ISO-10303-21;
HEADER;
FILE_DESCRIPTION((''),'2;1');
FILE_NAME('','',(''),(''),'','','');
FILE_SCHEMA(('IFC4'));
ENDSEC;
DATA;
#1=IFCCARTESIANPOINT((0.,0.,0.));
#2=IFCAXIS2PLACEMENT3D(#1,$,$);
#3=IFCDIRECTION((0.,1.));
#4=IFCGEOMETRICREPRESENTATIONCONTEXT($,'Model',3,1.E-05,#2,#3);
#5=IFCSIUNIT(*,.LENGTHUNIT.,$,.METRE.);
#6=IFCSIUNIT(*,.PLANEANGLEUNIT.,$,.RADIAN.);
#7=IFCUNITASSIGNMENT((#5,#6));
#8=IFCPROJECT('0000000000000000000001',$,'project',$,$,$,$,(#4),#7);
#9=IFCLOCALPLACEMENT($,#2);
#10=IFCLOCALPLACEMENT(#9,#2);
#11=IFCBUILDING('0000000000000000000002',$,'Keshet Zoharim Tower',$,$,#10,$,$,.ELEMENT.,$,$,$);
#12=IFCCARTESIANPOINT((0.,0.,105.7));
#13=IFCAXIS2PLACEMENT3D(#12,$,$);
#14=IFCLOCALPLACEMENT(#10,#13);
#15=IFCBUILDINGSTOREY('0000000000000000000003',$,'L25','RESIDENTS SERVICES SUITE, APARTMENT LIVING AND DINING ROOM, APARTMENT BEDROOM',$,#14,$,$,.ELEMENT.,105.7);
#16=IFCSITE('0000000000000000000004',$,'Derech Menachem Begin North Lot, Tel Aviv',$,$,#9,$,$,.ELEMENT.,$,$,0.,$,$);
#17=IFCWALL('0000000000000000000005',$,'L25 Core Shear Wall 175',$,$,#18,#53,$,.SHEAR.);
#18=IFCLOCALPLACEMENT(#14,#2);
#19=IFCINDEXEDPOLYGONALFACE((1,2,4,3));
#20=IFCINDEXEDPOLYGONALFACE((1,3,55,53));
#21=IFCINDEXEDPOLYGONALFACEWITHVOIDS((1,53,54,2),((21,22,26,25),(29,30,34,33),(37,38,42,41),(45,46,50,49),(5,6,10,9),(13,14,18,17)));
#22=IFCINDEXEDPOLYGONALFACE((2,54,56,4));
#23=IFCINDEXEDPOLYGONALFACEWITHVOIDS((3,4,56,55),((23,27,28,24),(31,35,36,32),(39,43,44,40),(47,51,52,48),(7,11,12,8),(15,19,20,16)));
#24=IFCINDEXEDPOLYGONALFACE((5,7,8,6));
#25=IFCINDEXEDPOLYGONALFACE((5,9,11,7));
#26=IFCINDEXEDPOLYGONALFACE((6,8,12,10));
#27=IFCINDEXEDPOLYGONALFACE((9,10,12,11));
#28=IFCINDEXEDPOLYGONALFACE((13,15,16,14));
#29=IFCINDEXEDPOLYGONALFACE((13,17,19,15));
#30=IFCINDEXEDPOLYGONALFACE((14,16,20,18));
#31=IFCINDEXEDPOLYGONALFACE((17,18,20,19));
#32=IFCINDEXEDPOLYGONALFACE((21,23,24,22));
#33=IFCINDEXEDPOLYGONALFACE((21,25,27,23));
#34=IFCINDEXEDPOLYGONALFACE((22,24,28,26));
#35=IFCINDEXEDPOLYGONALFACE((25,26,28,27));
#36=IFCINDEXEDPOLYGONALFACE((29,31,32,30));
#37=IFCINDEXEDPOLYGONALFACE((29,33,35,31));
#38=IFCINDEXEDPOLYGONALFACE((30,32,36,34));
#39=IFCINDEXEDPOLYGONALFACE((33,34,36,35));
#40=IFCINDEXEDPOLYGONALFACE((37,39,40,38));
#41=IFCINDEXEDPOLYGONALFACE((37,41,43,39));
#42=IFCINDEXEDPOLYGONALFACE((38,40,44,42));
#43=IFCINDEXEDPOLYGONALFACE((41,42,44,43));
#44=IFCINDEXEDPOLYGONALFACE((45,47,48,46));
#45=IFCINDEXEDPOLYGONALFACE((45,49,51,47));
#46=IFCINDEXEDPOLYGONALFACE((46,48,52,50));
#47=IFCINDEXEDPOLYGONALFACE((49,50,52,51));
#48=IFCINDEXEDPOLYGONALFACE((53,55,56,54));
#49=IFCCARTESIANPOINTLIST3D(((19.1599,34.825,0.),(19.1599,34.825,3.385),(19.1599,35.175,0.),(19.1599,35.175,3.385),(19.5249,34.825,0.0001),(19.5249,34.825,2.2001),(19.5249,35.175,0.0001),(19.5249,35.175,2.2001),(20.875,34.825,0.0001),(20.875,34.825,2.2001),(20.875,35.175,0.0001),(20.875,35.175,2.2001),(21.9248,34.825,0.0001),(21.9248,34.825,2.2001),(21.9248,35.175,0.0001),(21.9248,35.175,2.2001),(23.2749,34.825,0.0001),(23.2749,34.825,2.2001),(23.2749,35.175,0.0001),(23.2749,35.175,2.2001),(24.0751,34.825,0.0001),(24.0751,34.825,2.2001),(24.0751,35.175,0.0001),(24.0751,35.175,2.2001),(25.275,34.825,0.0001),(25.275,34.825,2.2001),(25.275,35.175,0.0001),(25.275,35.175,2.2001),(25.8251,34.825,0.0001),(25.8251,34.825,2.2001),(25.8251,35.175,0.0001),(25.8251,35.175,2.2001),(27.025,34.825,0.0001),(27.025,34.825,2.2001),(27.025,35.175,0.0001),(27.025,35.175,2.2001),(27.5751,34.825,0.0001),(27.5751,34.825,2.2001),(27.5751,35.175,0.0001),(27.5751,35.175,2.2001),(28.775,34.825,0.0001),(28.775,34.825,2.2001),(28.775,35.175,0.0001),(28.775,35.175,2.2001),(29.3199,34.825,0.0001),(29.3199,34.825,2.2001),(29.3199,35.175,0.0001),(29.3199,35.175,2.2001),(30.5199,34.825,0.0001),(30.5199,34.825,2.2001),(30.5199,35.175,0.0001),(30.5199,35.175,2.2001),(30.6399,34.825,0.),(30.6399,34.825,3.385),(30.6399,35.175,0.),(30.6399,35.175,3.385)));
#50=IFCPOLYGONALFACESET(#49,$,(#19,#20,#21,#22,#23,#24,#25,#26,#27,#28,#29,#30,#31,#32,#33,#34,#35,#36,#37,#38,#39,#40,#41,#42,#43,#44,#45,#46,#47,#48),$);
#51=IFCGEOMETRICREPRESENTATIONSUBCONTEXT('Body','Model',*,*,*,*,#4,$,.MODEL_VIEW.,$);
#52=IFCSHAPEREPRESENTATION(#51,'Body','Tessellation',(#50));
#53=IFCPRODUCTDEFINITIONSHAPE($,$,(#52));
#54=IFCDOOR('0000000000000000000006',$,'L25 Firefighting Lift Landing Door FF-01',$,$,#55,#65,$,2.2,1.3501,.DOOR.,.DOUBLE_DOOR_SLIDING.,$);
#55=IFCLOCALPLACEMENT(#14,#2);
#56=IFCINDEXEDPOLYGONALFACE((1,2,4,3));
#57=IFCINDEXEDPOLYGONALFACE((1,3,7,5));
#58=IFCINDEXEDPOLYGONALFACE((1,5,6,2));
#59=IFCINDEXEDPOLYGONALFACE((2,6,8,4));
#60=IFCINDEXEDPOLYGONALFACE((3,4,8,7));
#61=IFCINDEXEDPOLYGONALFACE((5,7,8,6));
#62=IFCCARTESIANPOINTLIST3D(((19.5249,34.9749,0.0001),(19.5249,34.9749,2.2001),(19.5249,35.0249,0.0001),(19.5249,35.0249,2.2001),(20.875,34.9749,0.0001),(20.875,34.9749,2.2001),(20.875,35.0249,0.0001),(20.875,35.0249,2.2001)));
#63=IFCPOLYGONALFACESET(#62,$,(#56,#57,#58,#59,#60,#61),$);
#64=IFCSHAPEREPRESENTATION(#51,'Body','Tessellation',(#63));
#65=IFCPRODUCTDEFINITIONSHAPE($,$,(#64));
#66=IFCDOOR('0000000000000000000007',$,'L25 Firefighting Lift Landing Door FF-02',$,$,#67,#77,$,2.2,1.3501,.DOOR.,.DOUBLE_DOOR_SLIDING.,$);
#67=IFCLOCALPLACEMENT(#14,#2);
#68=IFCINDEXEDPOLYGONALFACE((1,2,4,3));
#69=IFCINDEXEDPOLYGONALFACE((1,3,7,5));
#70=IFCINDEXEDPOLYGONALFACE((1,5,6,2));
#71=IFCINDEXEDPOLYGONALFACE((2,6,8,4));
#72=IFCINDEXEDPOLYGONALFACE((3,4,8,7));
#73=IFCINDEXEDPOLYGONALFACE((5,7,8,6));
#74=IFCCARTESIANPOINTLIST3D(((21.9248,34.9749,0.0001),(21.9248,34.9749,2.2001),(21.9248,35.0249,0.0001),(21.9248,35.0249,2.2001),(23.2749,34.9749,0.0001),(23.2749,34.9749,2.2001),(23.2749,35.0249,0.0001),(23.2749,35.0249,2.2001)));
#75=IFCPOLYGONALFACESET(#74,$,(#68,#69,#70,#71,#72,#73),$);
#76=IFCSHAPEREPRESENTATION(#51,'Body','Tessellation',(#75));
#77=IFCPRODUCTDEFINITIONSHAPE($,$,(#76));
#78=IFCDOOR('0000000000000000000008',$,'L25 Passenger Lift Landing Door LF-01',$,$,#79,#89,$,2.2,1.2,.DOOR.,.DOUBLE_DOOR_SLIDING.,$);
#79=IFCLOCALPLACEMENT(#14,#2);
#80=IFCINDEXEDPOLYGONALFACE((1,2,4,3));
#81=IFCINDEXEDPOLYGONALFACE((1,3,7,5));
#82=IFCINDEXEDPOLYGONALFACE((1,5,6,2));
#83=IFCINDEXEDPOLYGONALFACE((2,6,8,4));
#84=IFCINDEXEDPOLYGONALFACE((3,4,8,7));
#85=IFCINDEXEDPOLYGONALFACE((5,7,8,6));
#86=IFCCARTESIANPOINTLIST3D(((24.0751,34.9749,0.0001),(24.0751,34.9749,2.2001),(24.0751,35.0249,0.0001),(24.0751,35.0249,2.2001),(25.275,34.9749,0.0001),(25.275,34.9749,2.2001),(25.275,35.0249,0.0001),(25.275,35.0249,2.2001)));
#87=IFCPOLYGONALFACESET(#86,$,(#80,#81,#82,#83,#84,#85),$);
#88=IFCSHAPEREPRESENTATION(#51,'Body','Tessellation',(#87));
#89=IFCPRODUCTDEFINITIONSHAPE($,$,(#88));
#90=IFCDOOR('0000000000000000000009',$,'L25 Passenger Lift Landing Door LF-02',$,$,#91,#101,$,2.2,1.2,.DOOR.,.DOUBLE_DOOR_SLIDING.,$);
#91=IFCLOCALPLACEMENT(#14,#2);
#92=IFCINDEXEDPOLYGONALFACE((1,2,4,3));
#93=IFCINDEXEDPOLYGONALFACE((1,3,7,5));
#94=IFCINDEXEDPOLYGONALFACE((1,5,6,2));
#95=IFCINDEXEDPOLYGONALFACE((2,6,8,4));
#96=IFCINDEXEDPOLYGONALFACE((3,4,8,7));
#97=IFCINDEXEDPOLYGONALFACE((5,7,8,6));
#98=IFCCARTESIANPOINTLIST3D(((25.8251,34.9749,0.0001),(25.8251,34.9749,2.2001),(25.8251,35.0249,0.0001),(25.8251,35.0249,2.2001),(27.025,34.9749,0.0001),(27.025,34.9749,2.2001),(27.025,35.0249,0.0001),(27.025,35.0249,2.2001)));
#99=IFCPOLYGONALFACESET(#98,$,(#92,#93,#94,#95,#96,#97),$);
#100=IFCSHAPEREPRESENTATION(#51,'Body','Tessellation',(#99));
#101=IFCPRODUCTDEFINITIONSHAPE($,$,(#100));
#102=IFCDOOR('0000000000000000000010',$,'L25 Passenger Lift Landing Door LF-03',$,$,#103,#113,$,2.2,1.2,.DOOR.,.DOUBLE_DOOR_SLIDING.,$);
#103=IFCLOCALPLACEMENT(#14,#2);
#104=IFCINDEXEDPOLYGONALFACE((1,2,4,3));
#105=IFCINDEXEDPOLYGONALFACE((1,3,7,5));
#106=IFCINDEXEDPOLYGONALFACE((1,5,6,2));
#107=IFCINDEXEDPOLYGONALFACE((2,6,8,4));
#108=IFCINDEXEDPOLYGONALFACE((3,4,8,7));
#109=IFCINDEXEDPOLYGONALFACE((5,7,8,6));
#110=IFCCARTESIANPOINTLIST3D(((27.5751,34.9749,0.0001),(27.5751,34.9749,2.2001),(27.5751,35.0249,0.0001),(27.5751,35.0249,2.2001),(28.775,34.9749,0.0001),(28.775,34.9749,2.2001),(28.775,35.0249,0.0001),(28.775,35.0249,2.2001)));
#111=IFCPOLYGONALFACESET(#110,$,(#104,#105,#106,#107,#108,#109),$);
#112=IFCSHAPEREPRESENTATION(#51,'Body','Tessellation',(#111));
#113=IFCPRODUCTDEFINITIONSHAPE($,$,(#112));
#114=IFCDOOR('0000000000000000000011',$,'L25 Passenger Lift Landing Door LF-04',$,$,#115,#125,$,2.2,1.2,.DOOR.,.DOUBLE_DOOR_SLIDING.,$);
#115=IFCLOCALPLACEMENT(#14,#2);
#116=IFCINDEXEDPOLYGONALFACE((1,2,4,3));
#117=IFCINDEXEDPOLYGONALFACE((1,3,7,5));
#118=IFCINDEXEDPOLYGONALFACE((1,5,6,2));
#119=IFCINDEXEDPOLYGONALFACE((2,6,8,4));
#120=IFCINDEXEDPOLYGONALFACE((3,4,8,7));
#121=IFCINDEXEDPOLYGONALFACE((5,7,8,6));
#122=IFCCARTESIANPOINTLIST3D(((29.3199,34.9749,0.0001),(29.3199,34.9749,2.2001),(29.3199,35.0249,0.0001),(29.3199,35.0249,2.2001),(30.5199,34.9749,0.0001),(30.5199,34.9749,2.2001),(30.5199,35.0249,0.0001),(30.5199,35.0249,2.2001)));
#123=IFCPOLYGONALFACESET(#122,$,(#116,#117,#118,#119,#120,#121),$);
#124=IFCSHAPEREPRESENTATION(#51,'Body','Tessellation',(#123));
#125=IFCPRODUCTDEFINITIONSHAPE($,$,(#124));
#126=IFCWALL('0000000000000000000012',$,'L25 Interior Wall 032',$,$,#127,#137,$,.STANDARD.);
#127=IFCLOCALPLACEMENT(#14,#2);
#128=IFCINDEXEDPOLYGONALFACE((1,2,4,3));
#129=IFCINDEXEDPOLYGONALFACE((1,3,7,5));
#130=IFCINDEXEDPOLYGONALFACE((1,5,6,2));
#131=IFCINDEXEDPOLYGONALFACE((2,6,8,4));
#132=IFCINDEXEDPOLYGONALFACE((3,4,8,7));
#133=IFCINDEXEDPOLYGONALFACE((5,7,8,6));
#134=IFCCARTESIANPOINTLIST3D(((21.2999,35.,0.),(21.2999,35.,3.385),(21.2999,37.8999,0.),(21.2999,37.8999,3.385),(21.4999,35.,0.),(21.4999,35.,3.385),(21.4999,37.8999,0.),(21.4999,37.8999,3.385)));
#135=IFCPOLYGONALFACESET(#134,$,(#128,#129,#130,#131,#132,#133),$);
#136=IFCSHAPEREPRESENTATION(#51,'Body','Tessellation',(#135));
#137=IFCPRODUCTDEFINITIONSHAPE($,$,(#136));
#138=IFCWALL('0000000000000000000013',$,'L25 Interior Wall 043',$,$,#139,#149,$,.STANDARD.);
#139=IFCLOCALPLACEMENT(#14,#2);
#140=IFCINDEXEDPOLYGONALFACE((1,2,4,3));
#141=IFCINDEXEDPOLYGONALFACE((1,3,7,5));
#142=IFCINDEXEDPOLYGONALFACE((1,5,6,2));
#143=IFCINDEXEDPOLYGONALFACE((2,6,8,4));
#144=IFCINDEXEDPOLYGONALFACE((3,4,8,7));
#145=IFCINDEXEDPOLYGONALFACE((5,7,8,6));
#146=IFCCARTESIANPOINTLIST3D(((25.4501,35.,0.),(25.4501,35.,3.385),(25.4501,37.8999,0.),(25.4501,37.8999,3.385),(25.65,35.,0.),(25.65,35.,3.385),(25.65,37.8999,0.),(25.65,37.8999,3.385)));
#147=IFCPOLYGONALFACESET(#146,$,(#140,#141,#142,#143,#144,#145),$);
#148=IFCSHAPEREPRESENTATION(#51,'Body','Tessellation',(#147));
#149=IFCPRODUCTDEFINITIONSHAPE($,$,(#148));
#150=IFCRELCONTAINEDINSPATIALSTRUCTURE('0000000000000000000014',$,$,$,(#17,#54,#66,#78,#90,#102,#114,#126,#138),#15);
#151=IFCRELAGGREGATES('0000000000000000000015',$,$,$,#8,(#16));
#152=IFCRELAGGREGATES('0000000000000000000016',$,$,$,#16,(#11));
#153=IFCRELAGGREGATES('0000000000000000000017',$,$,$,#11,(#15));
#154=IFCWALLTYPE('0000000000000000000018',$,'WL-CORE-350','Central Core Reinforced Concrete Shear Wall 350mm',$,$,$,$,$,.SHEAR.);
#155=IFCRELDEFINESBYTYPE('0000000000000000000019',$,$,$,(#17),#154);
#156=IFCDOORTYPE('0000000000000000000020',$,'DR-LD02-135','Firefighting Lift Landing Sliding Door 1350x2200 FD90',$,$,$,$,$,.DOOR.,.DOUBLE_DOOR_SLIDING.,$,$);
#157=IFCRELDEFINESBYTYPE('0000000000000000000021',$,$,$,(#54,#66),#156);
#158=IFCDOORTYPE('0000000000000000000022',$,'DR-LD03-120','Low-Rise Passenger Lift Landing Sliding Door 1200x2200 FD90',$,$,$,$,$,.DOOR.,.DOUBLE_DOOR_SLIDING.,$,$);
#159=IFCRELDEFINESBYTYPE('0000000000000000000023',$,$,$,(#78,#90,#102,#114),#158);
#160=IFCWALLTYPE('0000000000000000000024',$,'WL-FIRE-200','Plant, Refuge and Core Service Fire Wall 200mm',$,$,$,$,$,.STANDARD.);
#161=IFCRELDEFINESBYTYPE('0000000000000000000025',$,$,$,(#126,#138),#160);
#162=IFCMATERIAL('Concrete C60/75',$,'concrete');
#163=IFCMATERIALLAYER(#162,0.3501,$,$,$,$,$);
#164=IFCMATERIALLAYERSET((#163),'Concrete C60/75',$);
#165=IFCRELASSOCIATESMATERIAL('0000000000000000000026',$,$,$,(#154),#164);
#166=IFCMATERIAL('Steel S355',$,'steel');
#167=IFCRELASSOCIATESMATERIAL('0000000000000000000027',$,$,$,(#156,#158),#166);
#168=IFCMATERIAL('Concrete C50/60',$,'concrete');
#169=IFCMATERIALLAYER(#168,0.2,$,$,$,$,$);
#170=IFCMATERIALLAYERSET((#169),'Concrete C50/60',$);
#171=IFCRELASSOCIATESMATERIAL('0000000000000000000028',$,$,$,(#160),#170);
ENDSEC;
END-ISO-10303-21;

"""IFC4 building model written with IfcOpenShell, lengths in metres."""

from ifc_helpers import new_model, si_unit, direction, frame, frame_2d, origin, place, context, subcontext, project, spatial, rectangle, extrude, material, layer, layer_set, type_object, element, fill, save


model = new_model("IFC4")

# Units and contexts
model_context = context("Model", 3, precision=1e-05, world=origin(), true_north=direction((0.0, 1.0)))
body_context = subcontext(model_context, "Body", "Model", "MODEL_VIEW")
ifc_project = project(units=[si_unit("LENGTHUNIT", "METRE"), si_unit("PLANEANGLEUNIT", "RADIAN")], contexts=[model_context])

# Site, building, storey
site_placement = place(None, origin())
site = spatial("IfcSite", under=ifc_project, at=site_placement, Name="Derech Menachem Begin North Lot, Tel Aviv", CompositionType="ELEMENT", RefElevation=0.0)
building_placement = place(site_placement, origin())
building = spatial("IfcBuilding", under=site, at=building_placement, Name="Keshet Zoharim Tower", CompositionType="ELEMENT")
storey_placement = place(building_placement, frame((0.0, 0.0, 105.7)))
storey = spatial("IfcBuildingStorey", under=building, at=storey_placement, Name="L25", Description="RESIDENTS SERVICES SUITE, APARTMENT LIVING AND DINING ROOM, APARTMENT BEDROOM", CompositionType="ELEMENT", Elevation=105.7)

# Shared definitions
ifc_material_1 = material(Name="Concrete C60/75", Category="concrete")
ifc_layer_1 = layer(ifc_material_1, 0.3501)
ifc_layer_set_1 = layer_set([ifc_layer_1], Name="Concrete C60/75")
wall_type_1 = type_object("IfcWallType", Name="WL-CORE-350", Description="Central Core Reinforced Concrete Shear Wall 350mm", PredefinedType="SHEAR", material=ifc_layer_set_1)

# Wall, openings, doors
wall_1_placement = place(storey_placement, frame((19.1599, 35.0, 0.0), z_axis=(0.0, 0.0, 1.0), x_axis=(1.0, 0.0, 0.0)))
wall_1 = element("IfcWall", 1, at=wall_1_placement, inside=storey, type_object=wall_type_1, Name="L25 Core Shear Wall 175", PredefinedType="SHEAR", context=body_context, shape_type="SweptSolid", body=[
    extrude(rectangle(XDim=11.48, YDim=0.3501, at=frame_2d((5.74, 0.0))), origin(), (0.0, 0.0, 1.0), 3.385),
])
opening_1_placement = place(wall_1_placement, frame((0.365, 0.0, 0.0)))
opening_1 = element("IfcOpeningElement", 2, at=opening_1_placement, cuts=wall_1, PredefinedType="OPENING", context=body_context, shape_type="SweptSolid", body=[
    extrude(rectangle(XDim=1.3501, YDim=2.2, at=frame_2d((0.675, 1.1001))), frame((0.0, 0.1851, 0.0), z_axis=(0.0, -1.0, 0.0), x_axis=(1.0, 0.0, 0.0)), (0.0, 0.0, 1.0), 0.3701),
])
opening_2_placement = place(wall_1_placement, frame((2.7649, 0.0, 0.0)))
opening_2 = element("IfcOpeningElement", 3, at=opening_2_placement, cuts=wall_1, PredefinedType="OPENING", context=body_context, shape_type="SweptSolid", body=[
    extrude(rectangle(XDim=1.3501, YDim=2.2, at=frame_2d((0.675, 1.1001))), frame((0.0, 0.1851, 0.0), z_axis=(0.0, -1.0, 0.0), x_axis=(1.0, 0.0, 0.0)), (0.0, 0.0, 1.0), 0.3701),
])
opening_3_placement = place(wall_1_placement, frame((4.915, 0.0, 0.0)))
opening_3 = element("IfcOpeningElement", 4, at=opening_3_placement, cuts=wall_1, PredefinedType="OPENING", context=body_context, shape_type="SweptSolid", body=[
    extrude(rectangle(XDim=1.2, YDim=2.2, at=frame_2d((0.6001, 1.1001))), frame((0.0, 0.1851, 0.0), z_axis=(0.0, -1.0, 0.0), x_axis=(1.0, 0.0, 0.0)), (0.0, 0.0, 1.0), 0.3701),
])
opening_4_placement = place(wall_1_placement, frame((6.665, 0.0, 0.0)))
opening_4 = element("IfcOpeningElement", 5, at=opening_4_placement, cuts=wall_1, PredefinedType="OPENING", context=body_context, shape_type="SweptSolid", body=[
    extrude(rectangle(XDim=1.2, YDim=2.2, at=frame_2d((0.6001, 1.1001))), frame((0.0, 0.1851, 0.0), z_axis=(0.0, -1.0, 0.0), x_axis=(1.0, 0.0, 0.0)), (0.0, 0.0, 1.0), 0.3701),
])
opening_5_placement = place(wall_1_placement, frame((8.415, 0.0, 0.0)))
opening_5 = element("IfcOpeningElement", 6, at=opening_5_placement, cuts=wall_1, PredefinedType="OPENING", context=body_context, shape_type="SweptSolid", body=[
    extrude(rectangle(XDim=1.2, YDim=2.2, at=frame_2d((0.6001, 1.1001))), frame((0.0, 0.1851, 0.0), z_axis=(0.0, -1.0, 0.0), x_axis=(1.0, 0.0, 0.0)), (0.0, 0.0, 1.0), 0.3701),
])
opening_6_placement = place(wall_1_placement, frame((10.1599, 0.0, 0.0)))
opening_6 = element("IfcOpeningElement", 7, at=opening_6_placement, cuts=wall_1, PredefinedType="OPENING", context=body_context, shape_type="SweptSolid", body=[
    extrude(rectangle(XDim=1.2, YDim=2.2, at=frame_2d((0.6001, 1.1001))), frame((0.0, 0.1851, 0.0), z_axis=(0.0, -1.0, 0.0), x_axis=(1.0, 0.0, 0.0)), (0.0, 0.0, 1.0), 0.3701),
])
ifc_material_2 = material(Name="Steel S355", Category="steel")
door_type_1 = type_object("IfcDoorType", Name="DR-LD02-135", Description="Firefighting Lift Landing Sliding Door 1350x2200 FD90", OperationType="DOUBLE_DOOR_SLIDING", PredefinedType="DOOR", material=ifc_material_2)
door_1_placement = place(opening_1_placement, origin())
door_1 = element("IfcDoor", 8, at=door_1_placement, inside=storey, type_object=door_type_1, Name="L25 Firefighting Lift Landing Door FF-01", OperationType="DOUBLE_DOOR_SLIDING", OverallHeight=2.2, OverallWidth=1.3501, PredefinedType="DOOR", context=body_context, shape_type="SweptSolid", body=[
    extrude(rectangle(XDim=1.3501, YDim=2.2, at=frame_2d((0.675, 1.1001))), frame((0.0, 0.0249, 0.0), z_axis=(0.0, -1.0, 0.0), x_axis=(1.0, 0.0, 0.0)), (0.0, 0.0, 1.0), 0.05),
])
fill(opening_1, door_1)
door_2_placement = place(opening_2_placement, origin())
door_2 = element("IfcDoor", 9, at=door_2_placement, inside=storey, type_object=door_type_1, Name="L25 Firefighting Lift Landing Door FF-02", OperationType="DOUBLE_DOOR_SLIDING", OverallHeight=2.2, OverallWidth=1.3501, PredefinedType="DOOR", context=body_context, shape_type="SweptSolid", body=[
    extrude(rectangle(XDim=1.3501, YDim=2.2, at=frame_2d((0.675, 1.1001))), frame((0.0, 0.0249, 0.0), z_axis=(0.0, -1.0, 0.0), x_axis=(1.0, 0.0, 0.0)), (0.0, 0.0, 1.0), 0.05),
])
fill(opening_2, door_2)
door_type_2 = type_object("IfcDoorType", Name="DR-LD03-120", Description="Low-Rise Passenger Lift Landing Sliding Door 1200x2200 FD90", OperationType="DOUBLE_DOOR_SLIDING", PredefinedType="DOOR", material=ifc_material_2)
door_3_placement = place(opening_3_placement, origin())
door_3 = element("IfcDoor", 10, at=door_3_placement, inside=storey, type_object=door_type_2, Name="L25 Passenger Lift Landing Door LF-01", OperationType="DOUBLE_DOOR_SLIDING", OverallHeight=2.2, OverallWidth=1.2, PredefinedType="DOOR", context=body_context, shape_type="SweptSolid", body=[
    extrude(rectangle(XDim=1.2, YDim=2.2, at=frame_2d((0.6001, 1.1001))), frame((0.0, 0.0249, 0.0), z_axis=(0.0, -1.0, 0.0), x_axis=(1.0, 0.0, 0.0)), (0.0, 0.0, 1.0), 0.05),
])
fill(opening_3, door_3)
door_4_placement = place(opening_4_placement, origin())
door_4 = element("IfcDoor", 11, at=door_4_placement, inside=storey, type_object=door_type_2, Name="L25 Passenger Lift Landing Door LF-02", OperationType="DOUBLE_DOOR_SLIDING", OverallHeight=2.2, OverallWidth=1.2, PredefinedType="DOOR", context=body_context, shape_type="SweptSolid", body=[
    extrude(rectangle(XDim=1.2, YDim=2.2, at=frame_2d((0.6001, 1.1001))), frame((0.0, 0.0249, 0.0), z_axis=(0.0, -1.0, 0.0), x_axis=(1.0, 0.0, 0.0)), (0.0, 0.0, 1.0), 0.05),
])
fill(opening_4, door_4)
door_5_placement = place(opening_5_placement, origin())
door_5 = element("IfcDoor", 12, at=door_5_placement, inside=storey, type_object=door_type_2, Name="L25 Passenger Lift Landing Door LF-03", OperationType="DOUBLE_DOOR_SLIDING", OverallHeight=2.2, OverallWidth=1.2, PredefinedType="DOOR", context=body_context, shape_type="SweptSolid", body=[
    extrude(rectangle(XDim=1.2, YDim=2.2, at=frame_2d((0.6001, 1.1001))), frame((0.0, 0.0249, 0.0), z_axis=(0.0, -1.0, 0.0), x_axis=(1.0, 0.0, 0.0)), (0.0, 0.0, 1.0), 0.05),
])
fill(opening_5, door_5)
door_6_placement = place(opening_6_placement, origin())
door_6 = element("IfcDoor", 13, at=door_6_placement, inside=storey, type_object=door_type_2, Name="L25 Passenger Lift Landing Door LF-04", OperationType="DOUBLE_DOOR_SLIDING", OverallHeight=2.2, OverallWidth=1.2, PredefinedType="DOOR", context=body_context, shape_type="SweptSolid", body=[
    extrude(rectangle(XDim=1.2, YDim=2.2, at=frame_2d((0.6001, 1.1001))), frame((0.0, 0.0249, 0.0), z_axis=(0.0, -1.0, 0.0), x_axis=(1.0, 0.0, 0.0)), (0.0, 0.0, 1.0), 0.05),
])
fill(opening_6, door_6)

# Walls
ifc_material_3 = material(Name="Concrete C50/60", Category="concrete")
ifc_layer_2 = layer(ifc_material_3, 0.2)
ifc_layer_set_2 = layer_set([ifc_layer_2], Name="Concrete C50/60")
wall_type_2 = type_object("IfcWallType", Name="WL-FIRE-200", Description="Plant, Refuge and Core Service Fire Wall 200mm", PredefinedType="STANDARD", material=ifc_layer_set_2)
for number, where, z_axis, x_axis, name in (
    (14, (21.3999, 35.0, 0.0), (0.0, 0.0, 1.0), (0.0, 1.0, 0.0), "L25 Interior Wall 032"),
    (15, (25.55, 35.0, 0.0), (0.0, 0.0, 1.0), (0.0, 1.0, 0.0), "L25 Interior Wall 043"),
):
    element("IfcWall", number, at=place(storey_placement, frame(where, z_axis=z_axis, x_axis=x_axis)), inside=storey, type_object=wall_type_2, Name=name, PredefinedType="STANDARD", context=body_context, shape_type="SweptSolid", body=[
        extrude(rectangle(XDim=2.8999, YDim=0.2, at=frame_2d((1.45, 0.0))), origin(), (0.0, 0.0, 1.0), 3.385),
    ])

save(model, "model.ifc")
